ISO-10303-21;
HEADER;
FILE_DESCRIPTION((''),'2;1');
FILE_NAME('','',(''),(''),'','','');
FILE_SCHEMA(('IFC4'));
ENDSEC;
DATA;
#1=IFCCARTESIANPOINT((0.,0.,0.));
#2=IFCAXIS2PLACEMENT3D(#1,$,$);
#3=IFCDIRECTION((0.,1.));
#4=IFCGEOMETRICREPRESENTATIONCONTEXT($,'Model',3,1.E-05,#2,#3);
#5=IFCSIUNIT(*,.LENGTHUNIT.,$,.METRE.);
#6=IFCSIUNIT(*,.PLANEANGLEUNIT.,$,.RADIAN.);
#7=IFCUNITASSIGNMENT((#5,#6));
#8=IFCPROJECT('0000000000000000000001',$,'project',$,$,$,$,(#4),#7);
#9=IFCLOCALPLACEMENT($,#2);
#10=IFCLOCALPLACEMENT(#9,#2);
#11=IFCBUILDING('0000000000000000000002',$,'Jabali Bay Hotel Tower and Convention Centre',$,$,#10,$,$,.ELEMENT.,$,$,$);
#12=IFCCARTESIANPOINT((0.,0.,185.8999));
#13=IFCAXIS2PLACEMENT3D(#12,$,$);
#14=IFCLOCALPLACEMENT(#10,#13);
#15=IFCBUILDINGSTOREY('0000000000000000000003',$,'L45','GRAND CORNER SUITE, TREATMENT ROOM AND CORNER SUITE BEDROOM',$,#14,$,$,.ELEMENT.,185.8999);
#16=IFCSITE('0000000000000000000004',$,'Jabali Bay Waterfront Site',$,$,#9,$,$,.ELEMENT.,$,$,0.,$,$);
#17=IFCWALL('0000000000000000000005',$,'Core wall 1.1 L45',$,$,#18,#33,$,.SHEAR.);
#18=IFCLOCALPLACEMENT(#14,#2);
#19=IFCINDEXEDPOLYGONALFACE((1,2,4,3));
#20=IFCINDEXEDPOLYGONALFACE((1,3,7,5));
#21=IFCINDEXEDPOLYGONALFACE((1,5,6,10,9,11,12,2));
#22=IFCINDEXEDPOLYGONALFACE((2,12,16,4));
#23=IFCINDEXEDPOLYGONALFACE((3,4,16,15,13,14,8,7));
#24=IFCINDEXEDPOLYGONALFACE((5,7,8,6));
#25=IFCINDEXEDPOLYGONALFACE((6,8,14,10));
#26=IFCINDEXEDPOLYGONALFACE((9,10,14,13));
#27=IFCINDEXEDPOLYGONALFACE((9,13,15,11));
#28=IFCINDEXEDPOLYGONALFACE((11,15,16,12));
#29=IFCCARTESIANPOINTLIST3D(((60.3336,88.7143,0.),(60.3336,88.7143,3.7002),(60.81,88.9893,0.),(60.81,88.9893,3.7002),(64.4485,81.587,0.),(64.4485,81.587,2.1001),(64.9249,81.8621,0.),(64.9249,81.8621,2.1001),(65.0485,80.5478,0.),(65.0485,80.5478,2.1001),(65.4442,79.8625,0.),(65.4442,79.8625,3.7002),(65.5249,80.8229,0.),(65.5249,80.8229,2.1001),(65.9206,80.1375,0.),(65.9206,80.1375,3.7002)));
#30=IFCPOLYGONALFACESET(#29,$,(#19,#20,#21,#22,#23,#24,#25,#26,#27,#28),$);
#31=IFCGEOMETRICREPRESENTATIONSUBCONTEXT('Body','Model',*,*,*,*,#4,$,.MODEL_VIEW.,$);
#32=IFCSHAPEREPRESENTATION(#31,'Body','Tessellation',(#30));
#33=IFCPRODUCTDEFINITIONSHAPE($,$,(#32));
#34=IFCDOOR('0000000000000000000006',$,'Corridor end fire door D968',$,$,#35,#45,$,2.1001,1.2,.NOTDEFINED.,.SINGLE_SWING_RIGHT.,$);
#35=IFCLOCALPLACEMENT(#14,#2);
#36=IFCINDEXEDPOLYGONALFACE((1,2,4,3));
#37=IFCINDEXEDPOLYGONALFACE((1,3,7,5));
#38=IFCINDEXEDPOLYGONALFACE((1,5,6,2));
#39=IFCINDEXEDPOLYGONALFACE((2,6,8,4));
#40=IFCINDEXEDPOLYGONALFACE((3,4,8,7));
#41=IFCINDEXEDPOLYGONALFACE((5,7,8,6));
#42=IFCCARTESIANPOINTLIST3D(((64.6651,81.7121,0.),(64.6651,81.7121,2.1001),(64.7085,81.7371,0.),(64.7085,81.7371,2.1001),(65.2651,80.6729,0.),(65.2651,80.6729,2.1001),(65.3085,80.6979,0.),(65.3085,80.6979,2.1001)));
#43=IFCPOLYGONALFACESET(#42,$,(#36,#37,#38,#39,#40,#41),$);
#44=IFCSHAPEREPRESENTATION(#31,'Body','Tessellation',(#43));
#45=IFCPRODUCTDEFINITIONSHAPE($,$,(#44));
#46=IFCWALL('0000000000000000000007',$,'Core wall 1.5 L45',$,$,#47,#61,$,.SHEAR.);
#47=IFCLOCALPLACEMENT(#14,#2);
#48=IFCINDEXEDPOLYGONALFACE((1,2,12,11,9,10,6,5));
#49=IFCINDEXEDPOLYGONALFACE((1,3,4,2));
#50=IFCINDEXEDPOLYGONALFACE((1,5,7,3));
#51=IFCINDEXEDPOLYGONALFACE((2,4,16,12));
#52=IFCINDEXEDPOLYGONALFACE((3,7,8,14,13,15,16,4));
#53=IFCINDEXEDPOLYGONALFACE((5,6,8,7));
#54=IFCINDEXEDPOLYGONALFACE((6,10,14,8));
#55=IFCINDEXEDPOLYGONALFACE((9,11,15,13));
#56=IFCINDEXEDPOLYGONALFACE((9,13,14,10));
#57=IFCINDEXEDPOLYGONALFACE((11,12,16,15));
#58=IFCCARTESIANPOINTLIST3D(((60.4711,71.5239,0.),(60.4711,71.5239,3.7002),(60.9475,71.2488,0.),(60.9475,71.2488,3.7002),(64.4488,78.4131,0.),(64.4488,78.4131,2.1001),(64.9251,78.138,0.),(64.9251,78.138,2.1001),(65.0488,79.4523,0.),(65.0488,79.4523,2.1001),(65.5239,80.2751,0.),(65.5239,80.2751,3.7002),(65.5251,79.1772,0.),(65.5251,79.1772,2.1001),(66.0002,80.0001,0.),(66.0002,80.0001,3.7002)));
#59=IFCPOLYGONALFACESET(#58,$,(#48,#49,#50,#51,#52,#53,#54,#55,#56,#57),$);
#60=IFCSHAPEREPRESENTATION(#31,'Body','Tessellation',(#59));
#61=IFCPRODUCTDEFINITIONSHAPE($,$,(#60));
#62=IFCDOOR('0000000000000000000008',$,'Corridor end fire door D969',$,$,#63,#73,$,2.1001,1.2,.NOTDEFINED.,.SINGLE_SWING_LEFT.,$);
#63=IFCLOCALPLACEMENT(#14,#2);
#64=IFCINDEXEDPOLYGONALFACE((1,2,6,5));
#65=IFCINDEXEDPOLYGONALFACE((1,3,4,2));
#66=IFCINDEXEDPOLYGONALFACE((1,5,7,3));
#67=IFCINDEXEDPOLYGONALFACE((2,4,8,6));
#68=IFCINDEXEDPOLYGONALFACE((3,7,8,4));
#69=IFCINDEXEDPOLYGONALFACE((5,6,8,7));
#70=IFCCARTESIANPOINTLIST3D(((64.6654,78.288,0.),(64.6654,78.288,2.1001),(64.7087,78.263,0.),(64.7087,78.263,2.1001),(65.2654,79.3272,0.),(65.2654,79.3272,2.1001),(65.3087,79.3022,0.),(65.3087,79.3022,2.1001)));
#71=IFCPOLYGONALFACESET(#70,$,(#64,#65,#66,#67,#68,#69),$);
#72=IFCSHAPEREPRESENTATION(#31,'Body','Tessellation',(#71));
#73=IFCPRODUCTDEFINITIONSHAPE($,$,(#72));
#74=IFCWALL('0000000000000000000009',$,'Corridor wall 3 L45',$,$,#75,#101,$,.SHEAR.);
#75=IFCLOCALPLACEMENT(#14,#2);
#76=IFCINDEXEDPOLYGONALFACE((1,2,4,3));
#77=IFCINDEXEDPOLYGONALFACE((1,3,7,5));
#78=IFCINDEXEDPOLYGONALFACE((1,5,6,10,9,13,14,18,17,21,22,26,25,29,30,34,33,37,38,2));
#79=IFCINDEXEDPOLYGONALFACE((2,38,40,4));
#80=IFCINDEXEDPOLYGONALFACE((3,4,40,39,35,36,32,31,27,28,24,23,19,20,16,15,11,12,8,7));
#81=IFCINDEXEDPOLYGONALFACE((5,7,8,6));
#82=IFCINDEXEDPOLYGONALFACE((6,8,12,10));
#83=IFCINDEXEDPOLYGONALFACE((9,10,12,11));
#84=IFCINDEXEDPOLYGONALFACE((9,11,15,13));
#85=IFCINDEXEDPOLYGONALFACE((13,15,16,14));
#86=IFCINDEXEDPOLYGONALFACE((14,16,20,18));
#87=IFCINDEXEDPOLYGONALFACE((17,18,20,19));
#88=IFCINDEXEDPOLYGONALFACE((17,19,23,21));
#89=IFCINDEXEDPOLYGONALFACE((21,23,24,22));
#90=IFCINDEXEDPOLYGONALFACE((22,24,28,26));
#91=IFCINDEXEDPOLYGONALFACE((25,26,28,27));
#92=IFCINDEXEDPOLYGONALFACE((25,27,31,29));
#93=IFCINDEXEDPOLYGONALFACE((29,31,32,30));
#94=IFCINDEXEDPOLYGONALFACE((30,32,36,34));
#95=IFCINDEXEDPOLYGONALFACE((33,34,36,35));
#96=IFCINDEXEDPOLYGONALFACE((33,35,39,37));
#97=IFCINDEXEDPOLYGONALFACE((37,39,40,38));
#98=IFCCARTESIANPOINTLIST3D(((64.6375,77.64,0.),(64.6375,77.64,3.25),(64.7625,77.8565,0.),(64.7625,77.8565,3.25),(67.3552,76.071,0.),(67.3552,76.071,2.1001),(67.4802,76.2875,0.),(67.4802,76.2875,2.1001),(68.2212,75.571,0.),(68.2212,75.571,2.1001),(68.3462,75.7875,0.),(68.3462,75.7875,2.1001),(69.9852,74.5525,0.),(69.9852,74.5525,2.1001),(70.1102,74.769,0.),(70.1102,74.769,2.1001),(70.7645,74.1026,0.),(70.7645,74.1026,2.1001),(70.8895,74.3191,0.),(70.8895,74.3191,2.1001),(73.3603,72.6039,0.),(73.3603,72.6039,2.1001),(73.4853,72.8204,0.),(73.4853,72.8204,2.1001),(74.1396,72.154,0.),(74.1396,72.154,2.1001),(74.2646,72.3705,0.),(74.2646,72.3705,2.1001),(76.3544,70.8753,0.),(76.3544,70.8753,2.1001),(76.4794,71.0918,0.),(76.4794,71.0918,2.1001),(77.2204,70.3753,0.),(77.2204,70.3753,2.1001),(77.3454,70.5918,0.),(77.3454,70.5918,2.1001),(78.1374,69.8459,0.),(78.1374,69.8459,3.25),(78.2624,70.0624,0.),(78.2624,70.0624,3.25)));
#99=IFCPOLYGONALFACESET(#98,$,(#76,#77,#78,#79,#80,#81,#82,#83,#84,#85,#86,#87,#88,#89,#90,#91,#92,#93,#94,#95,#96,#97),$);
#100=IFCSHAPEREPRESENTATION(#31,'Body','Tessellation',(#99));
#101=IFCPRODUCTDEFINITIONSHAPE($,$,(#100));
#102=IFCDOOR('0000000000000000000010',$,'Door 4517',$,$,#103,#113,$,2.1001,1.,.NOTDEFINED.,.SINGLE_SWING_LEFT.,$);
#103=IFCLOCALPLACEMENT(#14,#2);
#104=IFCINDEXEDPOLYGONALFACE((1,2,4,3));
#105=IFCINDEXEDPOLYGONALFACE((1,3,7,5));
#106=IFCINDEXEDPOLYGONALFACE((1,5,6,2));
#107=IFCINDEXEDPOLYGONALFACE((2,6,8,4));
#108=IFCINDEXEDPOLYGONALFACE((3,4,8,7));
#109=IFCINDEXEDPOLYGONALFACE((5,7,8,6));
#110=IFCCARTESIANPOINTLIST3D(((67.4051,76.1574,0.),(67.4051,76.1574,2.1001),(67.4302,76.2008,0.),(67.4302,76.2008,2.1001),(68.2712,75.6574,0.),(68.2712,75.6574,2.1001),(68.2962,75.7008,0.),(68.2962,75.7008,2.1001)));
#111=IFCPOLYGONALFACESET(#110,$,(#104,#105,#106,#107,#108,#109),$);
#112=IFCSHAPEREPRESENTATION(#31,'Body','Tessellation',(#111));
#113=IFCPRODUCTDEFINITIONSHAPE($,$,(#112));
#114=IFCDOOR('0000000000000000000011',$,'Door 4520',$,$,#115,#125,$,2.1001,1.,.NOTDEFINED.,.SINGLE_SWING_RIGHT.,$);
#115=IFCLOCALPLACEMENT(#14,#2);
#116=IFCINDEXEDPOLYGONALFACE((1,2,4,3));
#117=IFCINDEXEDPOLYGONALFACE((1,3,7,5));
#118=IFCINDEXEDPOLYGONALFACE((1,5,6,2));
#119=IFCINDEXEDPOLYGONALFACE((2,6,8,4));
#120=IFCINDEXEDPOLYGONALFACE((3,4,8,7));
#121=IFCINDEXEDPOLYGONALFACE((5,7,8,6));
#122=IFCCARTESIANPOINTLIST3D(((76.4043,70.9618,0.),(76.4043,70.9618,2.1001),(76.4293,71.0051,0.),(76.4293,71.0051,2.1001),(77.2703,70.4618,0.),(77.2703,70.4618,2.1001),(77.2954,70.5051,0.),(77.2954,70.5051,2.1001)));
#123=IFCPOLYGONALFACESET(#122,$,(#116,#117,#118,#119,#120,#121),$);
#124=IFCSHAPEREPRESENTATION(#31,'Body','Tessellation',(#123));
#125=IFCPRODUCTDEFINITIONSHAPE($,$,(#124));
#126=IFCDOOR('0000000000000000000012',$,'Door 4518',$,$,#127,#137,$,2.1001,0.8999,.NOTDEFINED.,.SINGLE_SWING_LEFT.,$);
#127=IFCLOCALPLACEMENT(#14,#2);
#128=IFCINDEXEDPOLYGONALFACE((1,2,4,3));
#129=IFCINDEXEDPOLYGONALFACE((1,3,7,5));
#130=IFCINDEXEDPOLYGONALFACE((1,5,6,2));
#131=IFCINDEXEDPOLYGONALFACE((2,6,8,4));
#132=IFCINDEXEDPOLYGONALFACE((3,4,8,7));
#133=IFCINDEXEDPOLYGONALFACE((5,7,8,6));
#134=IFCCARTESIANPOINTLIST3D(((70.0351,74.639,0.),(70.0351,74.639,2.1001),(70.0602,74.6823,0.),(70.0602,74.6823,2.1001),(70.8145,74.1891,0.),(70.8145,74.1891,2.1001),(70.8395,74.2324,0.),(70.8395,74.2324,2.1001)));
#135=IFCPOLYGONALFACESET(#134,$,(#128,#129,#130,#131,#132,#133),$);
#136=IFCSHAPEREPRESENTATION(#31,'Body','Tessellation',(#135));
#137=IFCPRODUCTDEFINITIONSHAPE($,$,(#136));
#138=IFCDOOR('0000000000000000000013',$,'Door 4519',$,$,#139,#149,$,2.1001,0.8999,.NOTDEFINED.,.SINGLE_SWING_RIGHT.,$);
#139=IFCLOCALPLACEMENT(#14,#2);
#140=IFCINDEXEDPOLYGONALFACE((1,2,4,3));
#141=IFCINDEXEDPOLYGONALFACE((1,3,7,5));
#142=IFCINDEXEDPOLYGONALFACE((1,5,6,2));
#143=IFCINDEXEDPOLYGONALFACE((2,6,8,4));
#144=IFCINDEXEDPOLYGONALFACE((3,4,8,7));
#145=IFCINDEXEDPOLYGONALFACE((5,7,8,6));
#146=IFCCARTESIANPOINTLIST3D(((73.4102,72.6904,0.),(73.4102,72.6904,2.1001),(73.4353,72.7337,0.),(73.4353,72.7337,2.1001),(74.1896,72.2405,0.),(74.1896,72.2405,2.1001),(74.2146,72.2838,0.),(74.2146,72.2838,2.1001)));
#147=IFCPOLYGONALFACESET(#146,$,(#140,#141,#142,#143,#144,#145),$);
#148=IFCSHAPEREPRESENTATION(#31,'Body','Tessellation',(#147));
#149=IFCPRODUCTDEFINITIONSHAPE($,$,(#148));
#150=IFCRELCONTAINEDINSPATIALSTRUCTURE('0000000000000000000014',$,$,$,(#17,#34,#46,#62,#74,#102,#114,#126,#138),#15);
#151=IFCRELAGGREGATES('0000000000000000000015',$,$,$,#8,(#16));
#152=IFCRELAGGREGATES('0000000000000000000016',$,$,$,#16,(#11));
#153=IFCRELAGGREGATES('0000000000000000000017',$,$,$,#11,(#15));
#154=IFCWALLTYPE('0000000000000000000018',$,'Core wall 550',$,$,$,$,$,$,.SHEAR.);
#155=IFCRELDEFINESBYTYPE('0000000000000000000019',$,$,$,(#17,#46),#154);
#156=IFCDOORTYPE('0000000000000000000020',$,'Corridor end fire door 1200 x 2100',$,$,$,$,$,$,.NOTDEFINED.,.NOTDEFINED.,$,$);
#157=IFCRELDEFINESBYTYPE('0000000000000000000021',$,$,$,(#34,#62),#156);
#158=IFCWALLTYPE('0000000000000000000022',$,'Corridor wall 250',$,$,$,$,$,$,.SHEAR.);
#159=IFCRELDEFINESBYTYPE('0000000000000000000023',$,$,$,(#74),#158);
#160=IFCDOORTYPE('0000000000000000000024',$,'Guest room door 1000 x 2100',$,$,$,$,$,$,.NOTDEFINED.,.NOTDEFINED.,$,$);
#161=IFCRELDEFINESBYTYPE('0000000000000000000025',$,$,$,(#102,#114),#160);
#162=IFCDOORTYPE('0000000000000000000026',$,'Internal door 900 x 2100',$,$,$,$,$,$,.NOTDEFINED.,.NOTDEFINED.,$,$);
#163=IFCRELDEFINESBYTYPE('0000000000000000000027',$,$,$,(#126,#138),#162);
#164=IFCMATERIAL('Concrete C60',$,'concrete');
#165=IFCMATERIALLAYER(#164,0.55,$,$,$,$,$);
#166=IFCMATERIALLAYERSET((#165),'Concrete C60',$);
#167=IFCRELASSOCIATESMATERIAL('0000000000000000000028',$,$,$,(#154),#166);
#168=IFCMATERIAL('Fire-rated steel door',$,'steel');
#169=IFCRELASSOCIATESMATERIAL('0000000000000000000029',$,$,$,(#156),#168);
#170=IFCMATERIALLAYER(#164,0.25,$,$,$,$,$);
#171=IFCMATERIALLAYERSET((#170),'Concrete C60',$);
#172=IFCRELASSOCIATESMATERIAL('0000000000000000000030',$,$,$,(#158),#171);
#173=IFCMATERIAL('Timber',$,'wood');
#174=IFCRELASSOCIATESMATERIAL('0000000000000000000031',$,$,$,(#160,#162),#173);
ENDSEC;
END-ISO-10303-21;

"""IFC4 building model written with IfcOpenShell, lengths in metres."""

from ifc_helpers import new_model, si_unit, direction, frame, frame_2d, origin, place, context, subcontext, project, spatial, rectangle, extrude, material, layer, layer_set, type_object, element, fill, save


model = new_model("IFC4")

# Units and contexts
model_context = context("Model", 3, precision=1e-05, world=origin(), true_north=direction((0.0, 1.0)))
body_context = subcontext(model_context, "Body", "Model", "MODEL_VIEW")
ifc_project = project(units=[si_unit("LENGTHUNIT", "METRE"), si_unit("PLANEANGLEUNIT", "RADIAN")], contexts=[model_context])

# Site, building, storey
site_placement = place(None, origin())
site = spatial("IfcSite", under=ifc_project, at=site_placement, Name="Jabali Bay Waterfront Site", CompositionType="ELEMENT", RefElevation=0.0)
building_placement = place(site_placement, origin())
building = spatial("IfcBuilding", under=site, at=building_placement, Name="Jabali Bay Hotel Tower and Convention Centre", CompositionType="ELEMENT")
storey_placement = place(building_placement, frame((0.0, 0.0, 185.8999)))
storey = spatial("IfcBuildingStorey", under=building, at=storey_placement, Name="L45", Description="GRAND CORNER SUITE, TREATMENT ROOM AND CORNER SUITE BEDROOM", CompositionType="ELEMENT", Elevation=185.8999)

# Shared definitions
ifc_material_1 = material(Name="Concrete C60", Category="concrete")

# Shared definitions
ifc_material_2 = material(Name="Fire-rated steel door", Category="steel")

# Walls, openings, doors
ifc_layer_1 = layer(ifc_material_1, 0.55)
ifc_layer_set_1 = layer_set([ifc_layer_1], Name="Concrete C60")
wall_type_1 = type_object("IfcWallType", Name="Core wall 550", PredefinedType="SHEAR", material=ifc_layer_set_1)
wall_1_placement = place(storey_placement, frame((65.6824, 80.0, 0.0), z_axis=(0.0, 0.0, 1.0), x_axis=(-0.5, 0.866025, 0.0)))
wall_1 = element("IfcWall", 1, at=wall_1_placement, inside=storey, type_object=wall_type_1, Name="Core wall 1.1 L45", PredefinedType="SHEAR", context=body_context, shape_type="SweptSolid", body=[
    extrude(rectangle(XDim=10.2212, YDim=0.55, at=frame_2d((5.1106, 0.0))), origin(), (0.0, 0.0, 1.0), 3.7002),
])
opening_1_placement = place(wall_1_placement, frame((0.7913, 0.0, 0.0)))
opening_1 = element("IfcOpeningElement", 2, at=opening_1_placement, cuts=wall_1, PredefinedType="OPENING", context=body_context, shape_type="SweptSolid", body=[
    extrude(rectangle(XDim=1.2, YDim=2.1001, at=frame_2d((0.6001, 1.05))), frame((0.0, 0.2856, 0.0), z_axis=(0.0, -1.0, 0.0), x_axis=(1.0, 0.0, 0.0)), (0.0, 0.0, 1.0), 0.571),
])
door_type_1 = type_object("IfcDoorType", Name="Corridor end fire door 1200 x 2100", OperationType="NOTDEFINED", PredefinedType="NOTDEFINED", material=ifc_material_2)
door_1_placement = place(opening_1_placement, origin())
door_1 = element("IfcDoor", 3, at=door_1_placement, inside=storey, type_object=door_type_1, Name="Corridor end fire door D968", OperationType="SINGLE_SWING_RIGHT", OverallHeight=2.1001, OverallWidth=1.2, PredefinedType="NOTDEFINED", context=body_context, shape_type="SweptSolid", body=[
    extrude(rectangle(XDim=1.2, YDim=2.1001, at=frame_2d((0.6001, 1.05))), frame((0.0, 0.0249, 0.0), z_axis=(0.0, -1.0, 0.0), x_axis=(1.0, 0.0, 0.0)), (0.0, 0.0, 1.0), 0.05),
])
fill(opening_1, door_1)
wall_2_placement = place(storey_placement, frame((60.7092, 71.3862, 0.0), z_axis=(0.0, 0.0, 1.0), x_axis=(0.500016, 0.866016, 0.0)))
wall_2 = element("IfcWall", 4, at=wall_2_placement, inside=storey, type_object=wall_type_1, Name="Core wall 1.5 L45", PredefinedType="SHEAR", context=body_context, shape_type="SweptSolid", body=[
    extrude(rectangle(XDim=10.1052, YDim=0.55, at=frame_2d((5.0527, 0.0))), origin(), (0.0, 0.0, 1.0), 3.7002),
])
opening_2_placement = place(wall_2_placement, frame((7.9551, 0.0, 0.0)))
opening_2 = element("IfcOpeningElement", 5, at=opening_2_placement, cuts=wall_2, PredefinedType="OPENING", context=body_context, shape_type="SweptSolid", body=[
    extrude(rectangle(XDim=1.2, YDim=2.1001, at=frame_2d((0.6001, 1.05))), frame((0.0, 0.2856, 0.0), z_axis=(0.0, -1.0, 0.0), x_axis=(1.0, 0.0, 0.0)), (0.0, 0.0, 1.0), 0.571),
])
door_2_placement = place(opening_2_placement, origin())
door_2 = element("IfcDoor", 6, at=door_2_placement, inside=storey, type_object=door_type_1, Name="Corridor end fire door D969", OperationType="SINGLE_SWING_LEFT", OverallHeight=2.1001, OverallWidth=1.2, PredefinedType="NOTDEFINED", context=body_context, shape_type="SweptSolid", body=[
    extrude(rectangle(XDim=1.2, YDim=2.1001, at=frame_2d((0.6001, 1.05))), frame((0.0, 0.0249, 0.0), z_axis=(0.0, -1.0, 0.0), x_axis=(1.0, 0.0, 0.0)), (0.0, 0.0, 1.0), 0.05),
])
fill(opening_2, door_2)

# Wall, openings, doors
ifc_layer_2 = layer(ifc_material_1, 0.25)
ifc_layer_set_2 = layer_set([ifc_layer_2], Name="Concrete C60")
wall_type_2 = type_object("IfcWallType", Name="Corridor wall 250", PredefinedType="SHEAR", material=ifc_layer_set_2)
wall_3_placement = place(storey_placement, frame((64.7, 77.7483, 0.0), z_axis=(0.0, 0.0, 1.0), x_axis=(0.866026, -0.499998, 0.0)))
wall_3 = element("IfcWall", 7, at=wall_3_placement, inside=storey, type_object=wall_type_2, Name="Corridor wall 3 L45", PredefinedType="SHEAR", context=body_context, shape_type="SweptSolid", body=[
    extrude(rectangle(XDim=15.5884, YDim=0.25, at=frame_2d((7.7942, 0.0))), origin(), (0.0, 0.0, 1.0), 3.25),
])
opening_3_placement = place(wall_3_placement, frame((3.1382, 0.0, 0.0)))
opening_3 = element("IfcOpeningElement", 8, at=opening_3_placement, cuts=wall_3, PredefinedType="OPENING", context=body_context, shape_type="SweptSolid", body=[
    extrude(rectangle(XDim=1.0, YDim=2.1001, at=frame_2d((0.5, 1.05))), frame((0.0, 0.1355, 0.0), z_axis=(0.0, -1.0, 0.0), x_axis=(1.0, 0.0, 0.0)), (0.0, 0.0, 1.0), 0.271),
])
opening_4_placement = place(wall_3_placement, frame((6.175, 0.0, 0.0)))
opening_4 = element("IfcOpeningElement", 9, at=opening_4_placement, cuts=wall_3, PredefinedType="OPENING", context=body_context, shape_type="SweptSolid", body=[
    extrude(rectangle(XDim=0.8999, YDim=2.1001, at=frame_2d((0.45, 1.05))), frame((0.0, 0.1355, 0.0), z_axis=(0.0, -1.0, 0.0), x_axis=(1.0, 0.0, 0.0)), (0.0, 0.0, 1.0), 0.271),
])
opening_5_placement = place(wall_3_placement, frame((10.0723, 0.0, 0.0)))
opening_5 = element("IfcOpeningElement", 10, at=opening_5_placement, cuts=wall_3, PredefinedType="OPENING", context=body_context, shape_type="SweptSolid", body=[
    extrude(rectangle(XDim=0.8999, YDim=2.1001, at=frame_2d((0.45, 1.05))), frame((0.0, 0.1355, 0.0), z_axis=(0.0, -1.0, 0.0), x_axis=(1.0, 0.0, 0.0)), (0.0, 0.0, 1.0), 0.271),
])
opening_6_placement = place(wall_3_placement, frame((13.5295, 0.0, 0.0)))
opening_6 = element("IfcOpeningElement", 11, at=opening_6_placement, cuts=wall_3, PredefinedType="OPENING", context=body_context, shape_type="SweptSolid", body=[
    extrude(rectangle(XDim=1.0, YDim=2.1001, at=frame_2d((0.5, 1.05))), frame((0.0, 0.1355, 0.0), z_axis=(0.0, -1.0, 0.0), x_axis=(1.0, 0.0, 0.0)), (0.0, 0.0, 1.0), 0.271),
])
ifc_material_3 = material(Name="Timber", Category="wood")
door_type_2 = type_object("IfcDoorType", Name="Guest room door 1000 x 2100", OperationType="NOTDEFINED", PredefinedType="NOTDEFINED", material=ifc_material_3)
door_3_placement = place(opening_3_placement, origin())
door_3 = element("IfcDoor", 12, at=door_3_placement, inside=storey, type_object=door_type_2, Name="Door 4517", OperationType="SINGLE_SWING_LEFT", OverallHeight=2.1001, OverallWidth=1.0, PredefinedType="NOTDEFINED", context=body_context, shape_type="SweptSolid", body=[
    extrude(rectangle(XDim=1.0, YDim=2.1001, at=frame_2d((0.5, 1.05))), frame((0.0, 0.0249, 0.0), z_axis=(0.0, -1.0, 0.0), x_axis=(1.0, 0.0, 0.0)), (0.0, 0.0, 1.0), 0.05),
])
fill(opening_3, door_3)
door_4_placement = place(opening_6_placement, origin())
door_4 = element("IfcDoor", 13, at=door_4_placement, inside=storey, type_object=door_type_2, Name="Door 4520", OperationType="SINGLE_SWING_RIGHT", OverallHeight=2.1001, OverallWidth=1.0, PredefinedType="NOTDEFINED", context=body_context, shape_type="SweptSolid", body=[
    extrude(rectangle(XDim=1.0, YDim=2.1001, at=frame_2d((0.5, 1.05))), frame((0.0, 0.0249, 0.0), z_axis=(0.0, -1.0, 0.0), x_axis=(1.0, 0.0, 0.0)), (0.0, 0.0, 1.0), 0.05),
])
fill(opening_6, door_4)
door_type_3 = type_object("IfcDoorType", Name="Internal door 900 x 2100", OperationType="NOTDEFINED", PredefinedType="NOTDEFINED", material=ifc_material_3)
door_5_placement = place(opening_4_placement, origin())
door_5 = element("IfcDoor", 14, at=door_5_placement, inside=storey, type_object=door_type_3, Name="Door 4518", OperationType="SINGLE_SWING_LEFT", OverallHeight=2.1001, OverallWidth=0.8999, PredefinedType="NOTDEFINED", context=body_context, shape_type="SweptSolid", body=[
    extrude(rectangle(XDim=0.8999, YDim=2.1001, at=frame_2d((0.45, 1.05))), frame((0.0, 0.0249, 0.0), z_axis=(0.0, -1.0, 0.0), x_axis=(1.0, 0.0, 0.0)), (0.0, 0.0, 1.0), 0.05),
])
fill(opening_4, door_5)
door_6_placement = place(opening_5_placement, origin())
door_6 = element("IfcDoor", 15, at=door_6_placement, inside=storey, type_object=door_type_3, Name="Door 4519", OperationType="SINGLE_SWING_RIGHT", OverallHeight=2.1001, OverallWidth=0.8999, PredefinedType="NOTDEFINED", context=body_context, shape_type="SweptSolid", body=[
    extrude(rectangle(XDim=0.8999, YDim=2.1001, at=frame_2d((0.45, 1.05))), frame((0.0, 0.0249, 0.0), z_axis=(0.0, -1.0, 0.0), x_axis=(1.0, 0.0, 0.0)), (0.0, 0.0, 1.0), 0.05),
])
fill(opening_5, door_6)

save(model, "model.ifc")
